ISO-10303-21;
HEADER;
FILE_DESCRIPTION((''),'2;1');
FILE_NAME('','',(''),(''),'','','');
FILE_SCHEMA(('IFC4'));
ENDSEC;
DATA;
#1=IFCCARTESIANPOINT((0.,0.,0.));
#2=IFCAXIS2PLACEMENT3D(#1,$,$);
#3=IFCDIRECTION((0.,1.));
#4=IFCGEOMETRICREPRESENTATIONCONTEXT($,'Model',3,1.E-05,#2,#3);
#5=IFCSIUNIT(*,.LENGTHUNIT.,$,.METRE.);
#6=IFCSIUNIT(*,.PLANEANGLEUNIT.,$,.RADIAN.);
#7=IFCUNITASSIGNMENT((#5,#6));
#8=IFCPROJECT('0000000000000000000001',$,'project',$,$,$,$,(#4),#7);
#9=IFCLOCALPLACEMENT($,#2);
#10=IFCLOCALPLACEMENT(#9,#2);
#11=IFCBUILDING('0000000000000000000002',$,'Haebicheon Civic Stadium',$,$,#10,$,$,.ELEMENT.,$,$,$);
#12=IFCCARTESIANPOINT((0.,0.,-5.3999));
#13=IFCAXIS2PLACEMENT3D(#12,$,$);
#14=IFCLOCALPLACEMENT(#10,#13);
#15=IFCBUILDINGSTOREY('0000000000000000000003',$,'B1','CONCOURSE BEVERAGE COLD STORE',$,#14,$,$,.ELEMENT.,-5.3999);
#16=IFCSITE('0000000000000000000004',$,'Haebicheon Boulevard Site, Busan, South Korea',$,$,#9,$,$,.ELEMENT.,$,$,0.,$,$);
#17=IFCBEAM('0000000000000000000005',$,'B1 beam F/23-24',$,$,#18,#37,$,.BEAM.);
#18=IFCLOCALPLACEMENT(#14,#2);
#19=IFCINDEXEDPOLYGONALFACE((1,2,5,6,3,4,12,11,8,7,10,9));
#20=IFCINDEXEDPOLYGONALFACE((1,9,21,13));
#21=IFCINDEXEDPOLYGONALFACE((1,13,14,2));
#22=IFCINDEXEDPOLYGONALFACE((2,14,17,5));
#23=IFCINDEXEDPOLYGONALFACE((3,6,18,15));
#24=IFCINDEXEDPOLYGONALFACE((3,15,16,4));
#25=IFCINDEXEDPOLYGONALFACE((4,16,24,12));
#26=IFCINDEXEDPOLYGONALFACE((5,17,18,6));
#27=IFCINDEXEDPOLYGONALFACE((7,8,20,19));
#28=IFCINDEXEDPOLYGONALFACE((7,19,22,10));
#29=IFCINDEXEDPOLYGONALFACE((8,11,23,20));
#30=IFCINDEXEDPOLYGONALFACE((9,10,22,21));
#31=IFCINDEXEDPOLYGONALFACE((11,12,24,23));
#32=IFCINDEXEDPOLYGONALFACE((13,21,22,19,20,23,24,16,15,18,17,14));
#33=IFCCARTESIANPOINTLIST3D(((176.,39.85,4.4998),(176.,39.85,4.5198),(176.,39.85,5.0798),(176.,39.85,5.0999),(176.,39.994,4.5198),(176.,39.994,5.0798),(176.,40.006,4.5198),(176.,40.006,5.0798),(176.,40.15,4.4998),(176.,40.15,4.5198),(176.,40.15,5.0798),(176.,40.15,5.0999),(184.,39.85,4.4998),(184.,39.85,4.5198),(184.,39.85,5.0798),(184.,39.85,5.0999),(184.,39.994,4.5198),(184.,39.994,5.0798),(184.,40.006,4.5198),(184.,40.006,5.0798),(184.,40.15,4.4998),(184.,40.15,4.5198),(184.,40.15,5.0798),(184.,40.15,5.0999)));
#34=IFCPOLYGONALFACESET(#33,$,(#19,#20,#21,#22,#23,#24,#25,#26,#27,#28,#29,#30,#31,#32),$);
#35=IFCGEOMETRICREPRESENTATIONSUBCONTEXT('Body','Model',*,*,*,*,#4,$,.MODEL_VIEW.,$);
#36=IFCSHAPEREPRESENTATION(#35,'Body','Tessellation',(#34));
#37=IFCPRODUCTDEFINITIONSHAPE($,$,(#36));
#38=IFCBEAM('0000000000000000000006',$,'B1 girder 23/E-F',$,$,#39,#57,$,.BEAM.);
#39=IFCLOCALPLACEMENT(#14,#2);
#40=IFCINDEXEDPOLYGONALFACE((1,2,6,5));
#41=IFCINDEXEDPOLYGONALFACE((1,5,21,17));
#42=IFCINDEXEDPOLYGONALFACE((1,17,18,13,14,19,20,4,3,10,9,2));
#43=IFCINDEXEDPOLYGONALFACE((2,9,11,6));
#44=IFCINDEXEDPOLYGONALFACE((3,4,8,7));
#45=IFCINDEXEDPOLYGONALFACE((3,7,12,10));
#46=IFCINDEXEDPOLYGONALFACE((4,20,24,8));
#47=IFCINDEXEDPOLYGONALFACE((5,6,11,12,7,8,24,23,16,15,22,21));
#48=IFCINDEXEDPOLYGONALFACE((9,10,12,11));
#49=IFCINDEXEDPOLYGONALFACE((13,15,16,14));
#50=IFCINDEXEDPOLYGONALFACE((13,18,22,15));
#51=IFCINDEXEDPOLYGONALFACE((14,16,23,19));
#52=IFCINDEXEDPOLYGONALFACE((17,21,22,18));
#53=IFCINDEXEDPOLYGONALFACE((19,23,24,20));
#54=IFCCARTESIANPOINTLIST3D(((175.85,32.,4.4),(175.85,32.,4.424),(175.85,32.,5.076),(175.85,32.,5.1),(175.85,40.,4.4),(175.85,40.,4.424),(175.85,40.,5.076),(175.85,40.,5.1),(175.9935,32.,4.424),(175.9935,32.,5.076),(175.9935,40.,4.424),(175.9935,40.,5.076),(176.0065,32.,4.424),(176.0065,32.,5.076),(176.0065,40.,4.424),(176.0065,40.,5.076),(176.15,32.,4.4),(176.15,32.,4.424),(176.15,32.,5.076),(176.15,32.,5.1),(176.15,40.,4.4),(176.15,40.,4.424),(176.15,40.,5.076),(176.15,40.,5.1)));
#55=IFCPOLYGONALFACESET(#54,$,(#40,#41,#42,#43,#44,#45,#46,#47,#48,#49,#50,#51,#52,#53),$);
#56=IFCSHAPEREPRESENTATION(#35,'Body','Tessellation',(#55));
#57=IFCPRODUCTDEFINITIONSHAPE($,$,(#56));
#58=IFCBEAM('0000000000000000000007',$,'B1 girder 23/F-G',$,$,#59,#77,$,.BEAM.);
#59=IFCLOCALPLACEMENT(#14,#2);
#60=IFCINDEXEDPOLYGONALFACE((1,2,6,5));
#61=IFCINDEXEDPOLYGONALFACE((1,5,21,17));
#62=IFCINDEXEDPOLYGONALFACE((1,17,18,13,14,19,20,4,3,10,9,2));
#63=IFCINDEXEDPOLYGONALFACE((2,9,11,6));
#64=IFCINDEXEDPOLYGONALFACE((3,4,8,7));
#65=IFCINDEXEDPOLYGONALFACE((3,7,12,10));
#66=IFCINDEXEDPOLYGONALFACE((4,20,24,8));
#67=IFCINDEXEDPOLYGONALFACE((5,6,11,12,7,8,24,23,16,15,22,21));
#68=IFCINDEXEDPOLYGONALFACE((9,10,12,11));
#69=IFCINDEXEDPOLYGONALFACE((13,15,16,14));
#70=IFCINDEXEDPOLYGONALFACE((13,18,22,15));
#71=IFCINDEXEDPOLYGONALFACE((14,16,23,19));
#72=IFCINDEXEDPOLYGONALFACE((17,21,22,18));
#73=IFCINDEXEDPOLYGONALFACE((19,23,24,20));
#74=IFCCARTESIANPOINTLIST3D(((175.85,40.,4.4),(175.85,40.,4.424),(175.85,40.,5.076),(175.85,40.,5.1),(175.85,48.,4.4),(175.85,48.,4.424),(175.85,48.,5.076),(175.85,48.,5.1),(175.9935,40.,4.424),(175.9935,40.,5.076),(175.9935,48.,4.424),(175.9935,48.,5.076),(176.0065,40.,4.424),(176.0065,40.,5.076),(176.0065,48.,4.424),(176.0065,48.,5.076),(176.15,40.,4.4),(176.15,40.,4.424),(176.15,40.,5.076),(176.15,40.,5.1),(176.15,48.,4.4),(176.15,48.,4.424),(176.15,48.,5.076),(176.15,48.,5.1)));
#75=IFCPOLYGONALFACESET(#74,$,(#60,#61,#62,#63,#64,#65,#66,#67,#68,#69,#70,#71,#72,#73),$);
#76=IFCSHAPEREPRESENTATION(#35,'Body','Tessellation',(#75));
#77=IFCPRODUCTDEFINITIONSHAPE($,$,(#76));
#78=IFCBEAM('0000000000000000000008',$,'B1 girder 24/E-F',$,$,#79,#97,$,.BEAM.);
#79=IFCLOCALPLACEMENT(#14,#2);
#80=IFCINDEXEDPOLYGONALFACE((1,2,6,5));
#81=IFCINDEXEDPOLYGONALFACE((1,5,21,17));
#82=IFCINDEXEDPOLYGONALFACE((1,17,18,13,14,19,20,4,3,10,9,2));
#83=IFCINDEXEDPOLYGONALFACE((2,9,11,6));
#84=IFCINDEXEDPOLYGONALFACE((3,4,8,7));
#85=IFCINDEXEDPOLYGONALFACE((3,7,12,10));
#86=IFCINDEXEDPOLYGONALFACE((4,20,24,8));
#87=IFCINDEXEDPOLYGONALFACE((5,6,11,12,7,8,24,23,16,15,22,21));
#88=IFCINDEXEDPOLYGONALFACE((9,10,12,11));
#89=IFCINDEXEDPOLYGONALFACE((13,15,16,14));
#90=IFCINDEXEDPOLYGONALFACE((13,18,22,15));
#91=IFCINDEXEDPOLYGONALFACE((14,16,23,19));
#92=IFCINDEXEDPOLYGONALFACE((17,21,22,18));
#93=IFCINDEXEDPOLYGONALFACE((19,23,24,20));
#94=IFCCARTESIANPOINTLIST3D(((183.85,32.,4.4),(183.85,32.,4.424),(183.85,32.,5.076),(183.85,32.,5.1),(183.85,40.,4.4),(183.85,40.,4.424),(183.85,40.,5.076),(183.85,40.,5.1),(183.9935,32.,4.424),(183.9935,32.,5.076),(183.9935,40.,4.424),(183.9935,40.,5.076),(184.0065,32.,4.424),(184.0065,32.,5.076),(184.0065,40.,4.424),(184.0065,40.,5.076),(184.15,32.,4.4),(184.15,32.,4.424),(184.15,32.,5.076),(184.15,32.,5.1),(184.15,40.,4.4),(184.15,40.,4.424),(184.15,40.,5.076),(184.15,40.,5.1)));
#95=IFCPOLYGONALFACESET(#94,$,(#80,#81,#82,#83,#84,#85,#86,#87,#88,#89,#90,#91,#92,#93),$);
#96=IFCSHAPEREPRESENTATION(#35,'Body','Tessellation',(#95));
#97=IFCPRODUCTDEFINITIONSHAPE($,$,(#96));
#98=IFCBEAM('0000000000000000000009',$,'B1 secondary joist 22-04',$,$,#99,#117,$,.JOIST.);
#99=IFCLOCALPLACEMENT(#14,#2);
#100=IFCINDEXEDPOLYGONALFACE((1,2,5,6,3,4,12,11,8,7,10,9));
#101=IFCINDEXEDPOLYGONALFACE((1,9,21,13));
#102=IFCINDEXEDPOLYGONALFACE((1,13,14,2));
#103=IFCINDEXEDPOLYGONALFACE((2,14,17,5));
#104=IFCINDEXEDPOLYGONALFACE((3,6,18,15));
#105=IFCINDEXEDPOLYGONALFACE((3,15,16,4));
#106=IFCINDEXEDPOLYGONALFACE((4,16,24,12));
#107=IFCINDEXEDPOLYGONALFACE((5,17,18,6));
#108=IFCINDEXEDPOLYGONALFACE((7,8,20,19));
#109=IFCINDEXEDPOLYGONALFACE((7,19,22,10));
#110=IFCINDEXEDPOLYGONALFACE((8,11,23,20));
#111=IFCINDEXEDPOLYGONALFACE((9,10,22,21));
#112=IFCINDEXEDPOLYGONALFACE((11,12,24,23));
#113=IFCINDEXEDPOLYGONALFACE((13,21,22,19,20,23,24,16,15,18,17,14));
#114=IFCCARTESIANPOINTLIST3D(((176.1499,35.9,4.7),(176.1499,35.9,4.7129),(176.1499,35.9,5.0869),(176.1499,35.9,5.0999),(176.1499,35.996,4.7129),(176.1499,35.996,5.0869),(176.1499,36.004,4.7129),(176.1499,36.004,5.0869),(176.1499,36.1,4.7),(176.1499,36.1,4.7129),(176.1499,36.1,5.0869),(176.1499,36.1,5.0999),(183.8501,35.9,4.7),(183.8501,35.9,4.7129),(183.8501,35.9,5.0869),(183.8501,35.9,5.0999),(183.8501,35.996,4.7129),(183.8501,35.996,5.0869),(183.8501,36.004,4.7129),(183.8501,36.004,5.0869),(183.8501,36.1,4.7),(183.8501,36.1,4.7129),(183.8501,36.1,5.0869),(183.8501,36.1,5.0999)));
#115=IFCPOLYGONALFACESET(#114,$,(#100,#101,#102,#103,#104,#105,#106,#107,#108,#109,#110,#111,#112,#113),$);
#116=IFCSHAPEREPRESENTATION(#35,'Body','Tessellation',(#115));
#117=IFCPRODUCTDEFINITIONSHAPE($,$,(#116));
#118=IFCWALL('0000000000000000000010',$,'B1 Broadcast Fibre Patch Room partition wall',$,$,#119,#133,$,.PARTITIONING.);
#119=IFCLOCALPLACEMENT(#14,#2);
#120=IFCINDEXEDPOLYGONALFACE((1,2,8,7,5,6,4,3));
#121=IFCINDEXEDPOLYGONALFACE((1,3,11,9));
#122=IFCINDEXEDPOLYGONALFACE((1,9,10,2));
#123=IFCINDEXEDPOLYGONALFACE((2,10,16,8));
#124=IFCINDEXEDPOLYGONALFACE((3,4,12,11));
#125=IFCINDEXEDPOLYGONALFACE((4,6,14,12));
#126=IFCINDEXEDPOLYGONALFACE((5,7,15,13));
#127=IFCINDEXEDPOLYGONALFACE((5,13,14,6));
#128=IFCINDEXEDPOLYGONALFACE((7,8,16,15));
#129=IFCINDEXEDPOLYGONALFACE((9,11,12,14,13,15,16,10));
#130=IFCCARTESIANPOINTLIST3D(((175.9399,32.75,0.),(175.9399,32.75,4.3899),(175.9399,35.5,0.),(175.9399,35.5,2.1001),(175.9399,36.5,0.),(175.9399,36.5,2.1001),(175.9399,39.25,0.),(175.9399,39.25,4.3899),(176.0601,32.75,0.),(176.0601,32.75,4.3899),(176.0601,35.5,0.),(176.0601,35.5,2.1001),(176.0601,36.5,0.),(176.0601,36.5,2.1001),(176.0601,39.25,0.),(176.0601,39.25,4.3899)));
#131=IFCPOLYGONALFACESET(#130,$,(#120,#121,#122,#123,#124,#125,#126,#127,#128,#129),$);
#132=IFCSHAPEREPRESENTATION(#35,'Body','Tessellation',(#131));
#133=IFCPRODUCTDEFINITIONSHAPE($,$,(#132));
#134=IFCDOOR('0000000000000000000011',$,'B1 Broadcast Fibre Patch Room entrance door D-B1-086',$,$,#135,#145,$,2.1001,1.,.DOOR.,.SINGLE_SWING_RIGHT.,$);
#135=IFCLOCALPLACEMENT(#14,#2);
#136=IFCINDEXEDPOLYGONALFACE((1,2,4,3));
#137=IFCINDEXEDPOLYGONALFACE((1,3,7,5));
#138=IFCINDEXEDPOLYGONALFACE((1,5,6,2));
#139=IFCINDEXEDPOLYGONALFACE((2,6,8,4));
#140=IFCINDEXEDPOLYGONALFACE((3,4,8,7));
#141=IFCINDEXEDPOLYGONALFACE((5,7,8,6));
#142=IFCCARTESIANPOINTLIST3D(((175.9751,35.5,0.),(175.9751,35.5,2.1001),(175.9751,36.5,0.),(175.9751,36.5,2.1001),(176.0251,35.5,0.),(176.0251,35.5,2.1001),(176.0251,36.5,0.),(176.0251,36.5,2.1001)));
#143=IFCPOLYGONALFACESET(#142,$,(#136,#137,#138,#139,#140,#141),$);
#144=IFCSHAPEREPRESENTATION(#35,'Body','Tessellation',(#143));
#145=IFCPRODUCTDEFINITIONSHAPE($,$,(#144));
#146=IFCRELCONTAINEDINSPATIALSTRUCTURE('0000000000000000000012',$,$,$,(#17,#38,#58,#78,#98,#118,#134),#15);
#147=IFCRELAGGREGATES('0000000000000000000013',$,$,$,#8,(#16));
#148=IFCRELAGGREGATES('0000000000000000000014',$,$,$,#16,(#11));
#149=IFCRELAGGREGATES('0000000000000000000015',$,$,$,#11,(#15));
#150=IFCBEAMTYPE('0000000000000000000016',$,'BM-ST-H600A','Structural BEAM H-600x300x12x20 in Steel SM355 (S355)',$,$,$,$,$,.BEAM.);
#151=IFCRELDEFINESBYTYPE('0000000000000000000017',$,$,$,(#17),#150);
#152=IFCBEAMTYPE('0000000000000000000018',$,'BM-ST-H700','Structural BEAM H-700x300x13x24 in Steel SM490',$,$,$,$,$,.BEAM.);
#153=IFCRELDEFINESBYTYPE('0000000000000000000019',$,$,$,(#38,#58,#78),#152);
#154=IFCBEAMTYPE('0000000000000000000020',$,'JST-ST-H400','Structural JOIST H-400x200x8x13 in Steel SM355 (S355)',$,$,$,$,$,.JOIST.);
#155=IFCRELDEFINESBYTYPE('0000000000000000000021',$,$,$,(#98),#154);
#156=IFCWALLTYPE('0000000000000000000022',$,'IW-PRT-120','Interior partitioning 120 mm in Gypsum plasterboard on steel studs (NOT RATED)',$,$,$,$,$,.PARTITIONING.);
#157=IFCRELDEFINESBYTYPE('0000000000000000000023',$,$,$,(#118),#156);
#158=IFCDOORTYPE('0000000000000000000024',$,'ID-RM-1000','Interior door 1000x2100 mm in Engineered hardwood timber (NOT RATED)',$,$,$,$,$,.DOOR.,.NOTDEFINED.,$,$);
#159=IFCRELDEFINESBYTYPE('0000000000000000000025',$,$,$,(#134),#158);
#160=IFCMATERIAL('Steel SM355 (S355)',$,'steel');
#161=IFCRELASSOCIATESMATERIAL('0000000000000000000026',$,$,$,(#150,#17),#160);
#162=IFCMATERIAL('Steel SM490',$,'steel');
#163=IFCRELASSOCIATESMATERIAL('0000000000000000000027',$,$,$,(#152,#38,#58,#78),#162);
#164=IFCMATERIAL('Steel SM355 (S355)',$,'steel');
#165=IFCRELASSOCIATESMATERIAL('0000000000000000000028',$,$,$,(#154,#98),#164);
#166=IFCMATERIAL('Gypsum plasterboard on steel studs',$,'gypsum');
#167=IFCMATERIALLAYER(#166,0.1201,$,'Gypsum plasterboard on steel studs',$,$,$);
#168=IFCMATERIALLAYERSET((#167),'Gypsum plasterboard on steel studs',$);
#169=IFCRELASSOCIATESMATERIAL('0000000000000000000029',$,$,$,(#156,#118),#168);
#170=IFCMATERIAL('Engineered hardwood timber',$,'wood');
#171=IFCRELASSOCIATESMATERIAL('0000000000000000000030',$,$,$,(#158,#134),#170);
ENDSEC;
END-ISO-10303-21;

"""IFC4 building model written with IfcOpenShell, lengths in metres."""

from ifc_helpers import new_model, si_unit, direction, frame, frame_2d, origin, origin_2d, place, context, subcontext, project, spatial, rectangle, i_section, extrude, material, layer, layer_set, material_profile, profile_set, type_object, element, fill, save


model = new_model("IFC4")

# Units and contexts
model_context = context("Model", 3, precision=1e-05, world=origin(), true_north=direction((0.0, 1.0)))
body_context = subcontext(model_context, "Body", "Model", "MODEL_VIEW")
ifc_project = project(units=[si_unit("LENGTHUNIT", "METRE"), si_unit("PLANEANGLEUNIT", "RADIAN")], contexts=[model_context])

# Site, building, storey
site_placement = place(None, origin())
site = spatial("IfcSite", under=ifc_project, at=site_placement, Name="Haebicheon Boulevard Site, Busan, South Korea", CompositionType="ELEMENT", RefElevation=0.0)
building_placement = place(site_placement, origin())
building = spatial("IfcBuilding", under=site, at=building_placement, Name="Haebicheon Civic Stadium", CompositionType="ELEMENT")
storey_placement = place(building_placement, frame((0.0, 0.0, -5.3999)))
storey = spatial("IfcBuildingStorey", under=building, at=storey_placement, Name="B1", Description="CONCOURSE BEVERAGE COLD STORE", CompositionType="ELEMENT", Elevation=-5.3999)

# Beams
ifc_material_1 = material(Name="Steel SM355 (S355)", Category="steel")
ifc_material_profile_1 = material_profile(ifc_material_1, i_section(OverallWidth=0.3, OverallDepth=0.6001, WebThickness=0.012, FlangeThickness=0.02, at=origin_2d()), Name="H-600x300x12x20")
ifc_profile_set_1 = profile_set([ifc_material_profile_1], Name="Steel SM355 (S355)")
beam_type_1 = type_object("IfcBeamType", Name="BM-ST-H600A", Description="Structural BEAM H-600x300x12x20 in Steel SM355 (S355)", PredefinedType="BEAM", material=ifc_profile_set_1)
for number, where, z_axis, x_axis, name in (
    (1, (176.0, 40.0, 4.7998), (1.0, 0.0, 0.0), (0.0, 1.0, 0.0), "B1 beam F/23-24"),
):
    element("IfcBeam", number, at=place(storey_placement, frame(where, z_axis=z_axis, x_axis=x_axis)), inside=storey, type_object=beam_type_1, material=ifc_profile_set_1, Name=name, PredefinedType="BEAM", context=body_context, shape_type="SweptSolid", body=[
        extrude(i_section(OverallWidth=0.3, OverallDepth=0.6001, WebThickness=0.012, FlangeThickness=0.02, at=origin_2d()), origin(), (0.0, 0.0, 1.0), 8.0),
    ])
ifc_material_2 = material(Name="Steel SM490", Category="steel")
ifc_material_profile_2 = material_profile(ifc_material_2, i_section(OverallWidth=0.3, OverallDepth=0.7, WebThickness=0.0129, FlangeThickness=0.0239, at=origin_2d()), Name="H-700x300x13x24")
ifc_profile_set_2 = profile_set([ifc_material_profile_2], Name="Steel SM490")
beam_type_2 = type_object("IfcBeamType", Name="BM-ST-H700", Description="Structural BEAM H-700x300x13x24 in Steel SM490", PredefinedType="BEAM", material=ifc_profile_set_2)
for number, where, z_axis, x_axis, name in (
    (2, (176.0, 32.0, 4.75), (0.0, 1.0, 0.0), (-1.0, 0.0, 0.0), "B1 girder 23/E-F"),
    (3, (176.0, 40.0, 4.75), (0.0, 1.0, 0.0), (-1.0, 0.0, 0.0), "B1 girder 23/F-G"),
    (4, (184.0, 32.0, 4.75), (0.0, 1.0, 0.0), (-1.0, 0.0, 0.0), "B1 girder 24/E-F"),
):
    element("IfcBeam", number, at=place(storey_placement, frame(where, z_axis=z_axis, x_axis=x_axis)), inside=storey, type_object=beam_type_2, material=ifc_profile_set_2, Name=name, PredefinedType="BEAM", context=body_context, shape_type="SweptSolid", body=[
        extrude(i_section(OverallWidth=0.3, OverallDepth=0.7, WebThickness=0.0129, FlangeThickness=0.0239, at=origin_2d()), origin(), (0.0, 0.0, 1.0), 8.0),
    ])
ifc_material_3 = material(Name="Steel SM355 (S355)", Category="steel")
ifc_material_profile_3 = material_profile(ifc_material_3, i_section(OverallWidth=0.2, OverallDepth=0.3999, WebThickness=0.0081, FlangeThickness=0.0129, at=origin_2d()), Name="H-400x200x8x13")
ifc_profile_set_3 = profile_set([ifc_material_profile_3], Name="Steel SM355 (S355)")
beam_type_3 = type_object("IfcBeamType", Name="JST-ST-H400", Description="Structural JOIST H-400x200x8x13 in Steel SM355 (S355)", PredefinedType="JOIST", material=ifc_profile_set_3)
beam_placement = place(storey_placement, frame((176.1499, 36.0, 4.8999), z_axis=(1.0, 0.0, 0.0), x_axis=(0.0, 1.0, 0.0)))
element("IfcBeam", 5, at=beam_placement, inside=storey, type_object=beam_type_3, material=ifc_profile_set_3, Name="B1 secondary joist 22-04", PredefinedType="JOIST", context=body_context, shape_type="SweptSolid", body=[
    extrude(i_section(OverallWidth=0.2, OverallDepth=0.3999, WebThickness=0.0081, FlangeThickness=0.0129, at=origin_2d()), origin(), (0.0, 0.0, 1.0), 7.7002),
])

# Wall, opening, door
ifc_material_4 = material(Name="Gypsum plasterboard on steel studs", Category="gypsum")
ifc_layer_1 = layer(ifc_material_4, 0.1201, Name="Gypsum plasterboard on steel studs")
ifc_layer_set_1 = layer_set([ifc_layer_1], Name="Gypsum plasterboard on steel studs")
wall_type = type_object("IfcWallType", Name="IW-PRT-120", Description="Interior partitioning 120 mm in Gypsum plasterboard on steel studs (NOT RATED)", PredefinedType="PARTITIONING", material=ifc_layer_set_1)
wall_placement = place(storey_placement, frame((176.0, 32.75, 0.0), z_axis=(0.0, 0.0, 1.0), x_axis=(0.0, 1.0, 0.0)))
wall = element("IfcWall", 6, at=wall_placement, inside=storey, type_object=wall_type, material=ifc_layer_set_1, Name="B1 Broadcast Fibre Patch Room partition wall", PredefinedType="PARTITIONING", context=body_context, shape_type="SweptSolid", body=[
    extrude(rectangle(XDim=6.5, YDim=0.1201, at=frame_2d((3.25, 0.0))), origin(), (0.0, 0.0, 1.0), 4.3899),
])
opening_placement = place(wall_placement, frame((2.75, 0.0, 0.0)))
opening = element("IfcOpeningElement", 7, at=opening_placement, cuts=wall, PredefinedType="OPENING", context=body_context, shape_type="SweptSolid", body=[
    extrude(rectangle(XDim=1.0, YDim=2.1001, at=frame_2d((0.5, 1.05))), frame((0.0, 0.0701, 0.0), z_axis=(0.0, -1.0, 0.0), x_axis=(1.0, 0.0, 0.0)), (0.0, 0.0, 1.0), 0.1401),
])
ifc_material_5 = material(Name="Engineered hardwood timber", Category="wood")
door_type = type_object("IfcDoorType", Name="ID-RM-1000", Description="Interior door 1000x2100 mm in Engineered hardwood timber (NOT RATED)", OperationType="NOTDEFINED", PredefinedType="DOOR", material=ifc_material_5)
door_placement = place(opening_placement, origin())
door = element("IfcDoor", 8, at=door_placement, inside=storey, type_object=door_type, material=ifc_material_5, Name="B1 Broadcast Fibre Patch Room entrance door D-B1-086", OperationType="SINGLE_SWING_RIGHT", OverallHeight=2.1001, OverallWidth=1.0, PredefinedType="DOOR", context=body_context, shape_type="SweptSolid", body=[
    extrude(rectangle(XDim=1.0, YDim=2.1001, at=frame_2d((0.5, 1.05))), frame((0.0, 0.0249, 0.0), z_axis=(0.0, -1.0, 0.0), x_axis=(1.0, 0.0, 0.0)), (0.0, 0.0, 1.0), 0.05),
])
fill(opening, door)

save(model, "model.ifc")
